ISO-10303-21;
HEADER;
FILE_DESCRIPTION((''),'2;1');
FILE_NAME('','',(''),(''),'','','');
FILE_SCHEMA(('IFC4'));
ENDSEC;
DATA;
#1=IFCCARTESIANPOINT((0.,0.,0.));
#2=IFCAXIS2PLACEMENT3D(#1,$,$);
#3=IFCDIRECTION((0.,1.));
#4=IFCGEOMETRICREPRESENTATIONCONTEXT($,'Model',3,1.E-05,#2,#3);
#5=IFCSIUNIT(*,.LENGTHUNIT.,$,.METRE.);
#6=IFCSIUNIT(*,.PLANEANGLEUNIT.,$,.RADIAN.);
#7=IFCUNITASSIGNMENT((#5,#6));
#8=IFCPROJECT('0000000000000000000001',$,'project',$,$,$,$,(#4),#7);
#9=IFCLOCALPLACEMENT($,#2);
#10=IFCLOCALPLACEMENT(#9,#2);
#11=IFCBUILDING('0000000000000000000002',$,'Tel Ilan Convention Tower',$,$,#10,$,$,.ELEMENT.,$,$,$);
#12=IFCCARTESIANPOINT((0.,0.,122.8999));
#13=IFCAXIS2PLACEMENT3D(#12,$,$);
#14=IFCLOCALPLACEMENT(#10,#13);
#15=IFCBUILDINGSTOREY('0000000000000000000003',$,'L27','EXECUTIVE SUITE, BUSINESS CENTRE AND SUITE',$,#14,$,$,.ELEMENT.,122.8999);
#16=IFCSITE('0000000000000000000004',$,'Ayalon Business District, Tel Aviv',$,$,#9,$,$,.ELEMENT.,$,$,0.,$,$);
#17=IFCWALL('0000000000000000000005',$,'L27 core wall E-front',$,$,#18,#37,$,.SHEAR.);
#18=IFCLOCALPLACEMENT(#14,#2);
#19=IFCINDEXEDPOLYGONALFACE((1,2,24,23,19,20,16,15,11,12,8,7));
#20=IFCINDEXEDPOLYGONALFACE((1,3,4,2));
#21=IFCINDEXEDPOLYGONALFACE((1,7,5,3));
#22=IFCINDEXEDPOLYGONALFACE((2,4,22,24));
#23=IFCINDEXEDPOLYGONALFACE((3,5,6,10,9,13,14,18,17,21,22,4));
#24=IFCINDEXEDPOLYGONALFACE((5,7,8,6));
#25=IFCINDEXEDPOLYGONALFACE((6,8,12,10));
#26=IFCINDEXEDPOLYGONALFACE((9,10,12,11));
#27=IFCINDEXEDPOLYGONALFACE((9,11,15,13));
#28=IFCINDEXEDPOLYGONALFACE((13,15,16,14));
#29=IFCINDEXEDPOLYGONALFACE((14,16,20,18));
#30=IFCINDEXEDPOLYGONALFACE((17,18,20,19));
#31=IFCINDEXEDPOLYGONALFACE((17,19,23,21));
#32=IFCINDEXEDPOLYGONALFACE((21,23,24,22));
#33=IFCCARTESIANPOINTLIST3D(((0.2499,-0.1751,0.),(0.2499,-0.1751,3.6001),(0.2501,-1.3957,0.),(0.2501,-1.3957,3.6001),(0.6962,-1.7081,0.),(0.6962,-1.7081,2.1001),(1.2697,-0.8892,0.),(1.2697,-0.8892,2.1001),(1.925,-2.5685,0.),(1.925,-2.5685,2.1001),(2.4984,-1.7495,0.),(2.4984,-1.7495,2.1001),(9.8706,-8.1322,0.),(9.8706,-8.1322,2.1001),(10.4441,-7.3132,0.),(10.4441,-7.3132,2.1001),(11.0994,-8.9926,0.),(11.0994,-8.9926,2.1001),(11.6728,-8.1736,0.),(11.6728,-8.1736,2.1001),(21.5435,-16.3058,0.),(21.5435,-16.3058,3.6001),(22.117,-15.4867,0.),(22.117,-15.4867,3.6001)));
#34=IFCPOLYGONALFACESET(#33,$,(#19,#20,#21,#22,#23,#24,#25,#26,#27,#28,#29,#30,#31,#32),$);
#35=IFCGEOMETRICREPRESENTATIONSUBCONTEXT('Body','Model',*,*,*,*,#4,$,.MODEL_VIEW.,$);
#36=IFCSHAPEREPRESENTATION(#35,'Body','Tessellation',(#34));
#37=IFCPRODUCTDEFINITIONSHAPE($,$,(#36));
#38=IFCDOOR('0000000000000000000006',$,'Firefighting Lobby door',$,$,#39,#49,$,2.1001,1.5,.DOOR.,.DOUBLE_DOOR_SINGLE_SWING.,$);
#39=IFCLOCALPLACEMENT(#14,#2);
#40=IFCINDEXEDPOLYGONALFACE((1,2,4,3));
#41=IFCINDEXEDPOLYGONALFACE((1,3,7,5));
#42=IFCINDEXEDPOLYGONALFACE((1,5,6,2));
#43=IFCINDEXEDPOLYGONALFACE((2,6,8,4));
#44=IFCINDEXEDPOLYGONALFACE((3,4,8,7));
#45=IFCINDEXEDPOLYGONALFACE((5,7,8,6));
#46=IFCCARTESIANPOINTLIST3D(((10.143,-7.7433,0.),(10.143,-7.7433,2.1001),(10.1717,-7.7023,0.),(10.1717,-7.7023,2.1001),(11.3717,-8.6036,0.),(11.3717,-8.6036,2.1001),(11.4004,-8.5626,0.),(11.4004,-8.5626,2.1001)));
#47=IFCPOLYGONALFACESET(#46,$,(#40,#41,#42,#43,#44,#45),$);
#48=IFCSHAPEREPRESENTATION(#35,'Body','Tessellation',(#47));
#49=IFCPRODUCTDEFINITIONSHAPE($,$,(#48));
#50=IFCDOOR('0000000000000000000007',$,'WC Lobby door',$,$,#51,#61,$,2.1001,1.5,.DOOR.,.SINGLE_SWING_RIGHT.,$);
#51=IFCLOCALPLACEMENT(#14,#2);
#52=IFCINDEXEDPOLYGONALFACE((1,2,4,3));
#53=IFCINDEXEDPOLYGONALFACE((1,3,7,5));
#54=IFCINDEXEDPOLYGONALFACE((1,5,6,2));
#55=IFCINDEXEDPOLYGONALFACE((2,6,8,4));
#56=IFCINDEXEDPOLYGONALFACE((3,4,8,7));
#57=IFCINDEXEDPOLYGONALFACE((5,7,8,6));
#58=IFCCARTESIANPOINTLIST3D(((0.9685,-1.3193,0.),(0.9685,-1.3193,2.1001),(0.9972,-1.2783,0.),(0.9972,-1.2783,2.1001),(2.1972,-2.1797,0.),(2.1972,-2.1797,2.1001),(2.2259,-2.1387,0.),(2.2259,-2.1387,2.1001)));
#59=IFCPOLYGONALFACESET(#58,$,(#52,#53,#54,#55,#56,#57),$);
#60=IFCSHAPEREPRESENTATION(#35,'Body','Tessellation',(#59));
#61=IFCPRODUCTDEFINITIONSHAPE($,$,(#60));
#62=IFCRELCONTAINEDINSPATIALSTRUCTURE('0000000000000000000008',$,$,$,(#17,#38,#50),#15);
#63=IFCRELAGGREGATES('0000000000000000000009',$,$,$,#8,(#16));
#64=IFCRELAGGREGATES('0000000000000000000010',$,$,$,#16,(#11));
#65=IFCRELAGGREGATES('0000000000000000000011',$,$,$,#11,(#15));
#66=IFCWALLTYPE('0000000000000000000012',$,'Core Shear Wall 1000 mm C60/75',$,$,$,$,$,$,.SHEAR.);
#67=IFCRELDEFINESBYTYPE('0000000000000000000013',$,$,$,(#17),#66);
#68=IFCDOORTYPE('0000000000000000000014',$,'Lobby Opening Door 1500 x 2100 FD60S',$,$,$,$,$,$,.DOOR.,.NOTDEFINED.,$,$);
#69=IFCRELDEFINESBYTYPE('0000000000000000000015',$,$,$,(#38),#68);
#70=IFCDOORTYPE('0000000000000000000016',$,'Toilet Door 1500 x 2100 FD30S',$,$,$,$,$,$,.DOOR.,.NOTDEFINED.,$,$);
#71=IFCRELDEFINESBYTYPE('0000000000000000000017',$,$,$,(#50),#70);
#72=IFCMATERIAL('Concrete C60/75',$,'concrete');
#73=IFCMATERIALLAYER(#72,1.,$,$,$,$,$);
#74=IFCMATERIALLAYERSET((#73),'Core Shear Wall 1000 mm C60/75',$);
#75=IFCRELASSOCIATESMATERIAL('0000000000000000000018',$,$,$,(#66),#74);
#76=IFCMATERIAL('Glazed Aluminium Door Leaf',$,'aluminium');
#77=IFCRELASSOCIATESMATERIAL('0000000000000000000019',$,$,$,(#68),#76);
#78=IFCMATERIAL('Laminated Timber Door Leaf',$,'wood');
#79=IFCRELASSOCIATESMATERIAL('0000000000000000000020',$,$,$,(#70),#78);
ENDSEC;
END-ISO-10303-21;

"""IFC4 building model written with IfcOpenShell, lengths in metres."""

from ifc_helpers import new_model, si_unit, direction, frame, frame_2d, origin, place, context, subcontext, project, spatial, polyline, rectangle, outline, extrude, material, layer, layer_set, type_object, element, fill, save


model = new_model("IFC4")

# Units and contexts
model_context = context("Model", 3, precision=1e-05, world=origin(), true_north=direction((0.0, 1.0)))
body_context = subcontext(model_context, "Body", "Model", "MODEL_VIEW")
ifc_project = project(units=[si_unit("LENGTHUNIT", "METRE"), si_unit("PLANEANGLEUNIT", "RADIAN")], contexts=[model_context])

# Site, building, storey
site_placement = place(None, origin())
site = spatial("IfcSite", under=ifc_project, at=site_placement, Name="Ayalon Business District, Tel Aviv", CompositionType="ELEMENT", RefElevation=0.0)
building_placement = place(site_placement, origin())
building = spatial("IfcBuilding", under=site, at=building_placement, Name="Tel Ilan Convention Tower", CompositionType="ELEMENT")
storey_placement = place(building_placement, frame((0.0, 0.0, 122.8999)))
storey = spatial("IfcBuildingStorey", under=building, at=storey_placement, Name="L27", Description="EXECUTIVE SUITE, BUSINESS CENTRE AND SUITE", CompositionType="ELEMENT", Elevation=122.8999)

# Shared definitions
ifc_material_1 = material(Name="Concrete C60/75", Category="concrete")
ifc_layer_1 = layer(ifc_material_1, 1.0)
ifc_layer_set_1 = layer_set([ifc_layer_1], Name="Core Shear Wall 1000 mm C60/75")
wall_type_1 = type_object("IfcWallType", Name="Core Shear Wall 1000 mm C60/75", PredefinedType="SHEAR", material=ifc_layer_set_1)

# Wall, openings, doors
wall_1_placement = place(storey_placement, frame((-0.0369, -0.5847, 0.0), z_axis=(0.0, 0.0, 1.0), x_axis=(0.819157, -0.573569, 0.0)))
wall_1 = element("IfcWall", 1, at=wall_1_placement, inside=storey, type_object=wall_type_1, Name="L27 core wall E-front", PredefinedType="SHEAR", context=body_context, shape_type="SweptSolid", body=[
    extrude(outline(polyline([(26.6948, 0.4998), (0.0, 0.5), (0.7002, -0.4998), (26.6948, -0.5002), (26.6948, 0.4998)])), origin(), (0.0, 0.0, 1.0), 3.6001),
])
opening_1_placement = place(wall_1_placement, frame((1.2449, 0.0, 0.0)))
opening_1 = element("IfcOpeningElement", 2, at=opening_1_placement, cuts=wall_1, PredefinedType="OPENING", context=body_context, shape_type="SweptSolid", body=[
    extrude(rectangle(XDim=1.5, YDim=2.1001, at=frame_2d((0.75, 1.05))), frame((0.0, 0.51, 0.0), z_axis=(0.0, -1.0, 0.0), x_axis=(1.0, 0.0, 0.0)), (0.0, 0.0, 1.0), 1.02),
])
opening_2_placement = place(wall_1_placement, frame((12.4448, 0.0, 0.0)))
opening_2 = element("IfcOpeningElement", 3, at=opening_2_placement, cuts=wall_1, PredefinedType="OPENING", context=body_context, shape_type="SweptSolid", body=[
    extrude(rectangle(XDim=1.5, YDim=2.1001, at=frame_2d((0.75, 1.05))), frame((0.0, 0.51, 0.0), z_axis=(0.0, -1.0, 0.0), x_axis=(1.0, 0.0, 0.0)), (0.0, 0.0, 1.0), 1.02),
])
ifc_material_2 = material(Name="Glazed Aluminium Door Leaf", Category="aluminium")
door_type_1 = type_object("IfcDoorType", Name="Lobby Opening Door 1500 x 2100 FD60S", OperationType="NOTDEFINED", PredefinedType="DOOR", material=ifc_material_2)
door_1_placement = place(opening_2_placement, origin())
door_1 = element("IfcDoor", 4, at=door_1_placement, inside=storey, type_object=door_type_1, Name="Firefighting Lobby door", OperationType="DOUBLE_DOOR_SINGLE_SWING", OverallHeight=2.1001, OverallWidth=1.5, PredefinedType="DOOR", context=body_context, shape_type="SweptSolid", body=[
    extrude(rectangle(XDim=1.5, YDim=2.1001, at=frame_2d((0.75, 1.05))), frame((0.0, 0.0249, 0.0), z_axis=(0.0, -1.0, 0.0), x_axis=(1.0, 0.0, 0.0)), (0.0, 0.0, 1.0), 0.05),
])
fill(opening_2, door_1)
ifc_material_3 = material(Name="Laminated Timber Door Leaf", Category="wood")
door_type_2 = type_object("IfcDoorType", Name="Toilet Door 1500 x 2100 FD30S", OperationType="NOTDEFINED", PredefinedType="DOOR", material=ifc_material_3)
door_2_placement = place(opening_1_placement, origin())
door_2 = element("IfcDoor", 5, at=door_2_placement, inside=storey, type_object=door_type_2, Name="WC Lobby door", OperationType="SINGLE_SWING_RIGHT", OverallHeight=2.1001, OverallWidth=1.5, PredefinedType="DOOR", context=body_context, shape_type="SweptSolid", body=[
    extrude(rectangle(XDim=1.5, YDim=2.1001, at=frame_2d((0.75, 1.05))), frame((0.0, 0.0249, 0.0), z_axis=(0.0, -1.0, 0.0), x_axis=(1.0, 0.0, 0.0)), (0.0, 0.0, 1.0), 0.05),
])
fill(opening_1, door_2)

save(model, "model.ifc")
